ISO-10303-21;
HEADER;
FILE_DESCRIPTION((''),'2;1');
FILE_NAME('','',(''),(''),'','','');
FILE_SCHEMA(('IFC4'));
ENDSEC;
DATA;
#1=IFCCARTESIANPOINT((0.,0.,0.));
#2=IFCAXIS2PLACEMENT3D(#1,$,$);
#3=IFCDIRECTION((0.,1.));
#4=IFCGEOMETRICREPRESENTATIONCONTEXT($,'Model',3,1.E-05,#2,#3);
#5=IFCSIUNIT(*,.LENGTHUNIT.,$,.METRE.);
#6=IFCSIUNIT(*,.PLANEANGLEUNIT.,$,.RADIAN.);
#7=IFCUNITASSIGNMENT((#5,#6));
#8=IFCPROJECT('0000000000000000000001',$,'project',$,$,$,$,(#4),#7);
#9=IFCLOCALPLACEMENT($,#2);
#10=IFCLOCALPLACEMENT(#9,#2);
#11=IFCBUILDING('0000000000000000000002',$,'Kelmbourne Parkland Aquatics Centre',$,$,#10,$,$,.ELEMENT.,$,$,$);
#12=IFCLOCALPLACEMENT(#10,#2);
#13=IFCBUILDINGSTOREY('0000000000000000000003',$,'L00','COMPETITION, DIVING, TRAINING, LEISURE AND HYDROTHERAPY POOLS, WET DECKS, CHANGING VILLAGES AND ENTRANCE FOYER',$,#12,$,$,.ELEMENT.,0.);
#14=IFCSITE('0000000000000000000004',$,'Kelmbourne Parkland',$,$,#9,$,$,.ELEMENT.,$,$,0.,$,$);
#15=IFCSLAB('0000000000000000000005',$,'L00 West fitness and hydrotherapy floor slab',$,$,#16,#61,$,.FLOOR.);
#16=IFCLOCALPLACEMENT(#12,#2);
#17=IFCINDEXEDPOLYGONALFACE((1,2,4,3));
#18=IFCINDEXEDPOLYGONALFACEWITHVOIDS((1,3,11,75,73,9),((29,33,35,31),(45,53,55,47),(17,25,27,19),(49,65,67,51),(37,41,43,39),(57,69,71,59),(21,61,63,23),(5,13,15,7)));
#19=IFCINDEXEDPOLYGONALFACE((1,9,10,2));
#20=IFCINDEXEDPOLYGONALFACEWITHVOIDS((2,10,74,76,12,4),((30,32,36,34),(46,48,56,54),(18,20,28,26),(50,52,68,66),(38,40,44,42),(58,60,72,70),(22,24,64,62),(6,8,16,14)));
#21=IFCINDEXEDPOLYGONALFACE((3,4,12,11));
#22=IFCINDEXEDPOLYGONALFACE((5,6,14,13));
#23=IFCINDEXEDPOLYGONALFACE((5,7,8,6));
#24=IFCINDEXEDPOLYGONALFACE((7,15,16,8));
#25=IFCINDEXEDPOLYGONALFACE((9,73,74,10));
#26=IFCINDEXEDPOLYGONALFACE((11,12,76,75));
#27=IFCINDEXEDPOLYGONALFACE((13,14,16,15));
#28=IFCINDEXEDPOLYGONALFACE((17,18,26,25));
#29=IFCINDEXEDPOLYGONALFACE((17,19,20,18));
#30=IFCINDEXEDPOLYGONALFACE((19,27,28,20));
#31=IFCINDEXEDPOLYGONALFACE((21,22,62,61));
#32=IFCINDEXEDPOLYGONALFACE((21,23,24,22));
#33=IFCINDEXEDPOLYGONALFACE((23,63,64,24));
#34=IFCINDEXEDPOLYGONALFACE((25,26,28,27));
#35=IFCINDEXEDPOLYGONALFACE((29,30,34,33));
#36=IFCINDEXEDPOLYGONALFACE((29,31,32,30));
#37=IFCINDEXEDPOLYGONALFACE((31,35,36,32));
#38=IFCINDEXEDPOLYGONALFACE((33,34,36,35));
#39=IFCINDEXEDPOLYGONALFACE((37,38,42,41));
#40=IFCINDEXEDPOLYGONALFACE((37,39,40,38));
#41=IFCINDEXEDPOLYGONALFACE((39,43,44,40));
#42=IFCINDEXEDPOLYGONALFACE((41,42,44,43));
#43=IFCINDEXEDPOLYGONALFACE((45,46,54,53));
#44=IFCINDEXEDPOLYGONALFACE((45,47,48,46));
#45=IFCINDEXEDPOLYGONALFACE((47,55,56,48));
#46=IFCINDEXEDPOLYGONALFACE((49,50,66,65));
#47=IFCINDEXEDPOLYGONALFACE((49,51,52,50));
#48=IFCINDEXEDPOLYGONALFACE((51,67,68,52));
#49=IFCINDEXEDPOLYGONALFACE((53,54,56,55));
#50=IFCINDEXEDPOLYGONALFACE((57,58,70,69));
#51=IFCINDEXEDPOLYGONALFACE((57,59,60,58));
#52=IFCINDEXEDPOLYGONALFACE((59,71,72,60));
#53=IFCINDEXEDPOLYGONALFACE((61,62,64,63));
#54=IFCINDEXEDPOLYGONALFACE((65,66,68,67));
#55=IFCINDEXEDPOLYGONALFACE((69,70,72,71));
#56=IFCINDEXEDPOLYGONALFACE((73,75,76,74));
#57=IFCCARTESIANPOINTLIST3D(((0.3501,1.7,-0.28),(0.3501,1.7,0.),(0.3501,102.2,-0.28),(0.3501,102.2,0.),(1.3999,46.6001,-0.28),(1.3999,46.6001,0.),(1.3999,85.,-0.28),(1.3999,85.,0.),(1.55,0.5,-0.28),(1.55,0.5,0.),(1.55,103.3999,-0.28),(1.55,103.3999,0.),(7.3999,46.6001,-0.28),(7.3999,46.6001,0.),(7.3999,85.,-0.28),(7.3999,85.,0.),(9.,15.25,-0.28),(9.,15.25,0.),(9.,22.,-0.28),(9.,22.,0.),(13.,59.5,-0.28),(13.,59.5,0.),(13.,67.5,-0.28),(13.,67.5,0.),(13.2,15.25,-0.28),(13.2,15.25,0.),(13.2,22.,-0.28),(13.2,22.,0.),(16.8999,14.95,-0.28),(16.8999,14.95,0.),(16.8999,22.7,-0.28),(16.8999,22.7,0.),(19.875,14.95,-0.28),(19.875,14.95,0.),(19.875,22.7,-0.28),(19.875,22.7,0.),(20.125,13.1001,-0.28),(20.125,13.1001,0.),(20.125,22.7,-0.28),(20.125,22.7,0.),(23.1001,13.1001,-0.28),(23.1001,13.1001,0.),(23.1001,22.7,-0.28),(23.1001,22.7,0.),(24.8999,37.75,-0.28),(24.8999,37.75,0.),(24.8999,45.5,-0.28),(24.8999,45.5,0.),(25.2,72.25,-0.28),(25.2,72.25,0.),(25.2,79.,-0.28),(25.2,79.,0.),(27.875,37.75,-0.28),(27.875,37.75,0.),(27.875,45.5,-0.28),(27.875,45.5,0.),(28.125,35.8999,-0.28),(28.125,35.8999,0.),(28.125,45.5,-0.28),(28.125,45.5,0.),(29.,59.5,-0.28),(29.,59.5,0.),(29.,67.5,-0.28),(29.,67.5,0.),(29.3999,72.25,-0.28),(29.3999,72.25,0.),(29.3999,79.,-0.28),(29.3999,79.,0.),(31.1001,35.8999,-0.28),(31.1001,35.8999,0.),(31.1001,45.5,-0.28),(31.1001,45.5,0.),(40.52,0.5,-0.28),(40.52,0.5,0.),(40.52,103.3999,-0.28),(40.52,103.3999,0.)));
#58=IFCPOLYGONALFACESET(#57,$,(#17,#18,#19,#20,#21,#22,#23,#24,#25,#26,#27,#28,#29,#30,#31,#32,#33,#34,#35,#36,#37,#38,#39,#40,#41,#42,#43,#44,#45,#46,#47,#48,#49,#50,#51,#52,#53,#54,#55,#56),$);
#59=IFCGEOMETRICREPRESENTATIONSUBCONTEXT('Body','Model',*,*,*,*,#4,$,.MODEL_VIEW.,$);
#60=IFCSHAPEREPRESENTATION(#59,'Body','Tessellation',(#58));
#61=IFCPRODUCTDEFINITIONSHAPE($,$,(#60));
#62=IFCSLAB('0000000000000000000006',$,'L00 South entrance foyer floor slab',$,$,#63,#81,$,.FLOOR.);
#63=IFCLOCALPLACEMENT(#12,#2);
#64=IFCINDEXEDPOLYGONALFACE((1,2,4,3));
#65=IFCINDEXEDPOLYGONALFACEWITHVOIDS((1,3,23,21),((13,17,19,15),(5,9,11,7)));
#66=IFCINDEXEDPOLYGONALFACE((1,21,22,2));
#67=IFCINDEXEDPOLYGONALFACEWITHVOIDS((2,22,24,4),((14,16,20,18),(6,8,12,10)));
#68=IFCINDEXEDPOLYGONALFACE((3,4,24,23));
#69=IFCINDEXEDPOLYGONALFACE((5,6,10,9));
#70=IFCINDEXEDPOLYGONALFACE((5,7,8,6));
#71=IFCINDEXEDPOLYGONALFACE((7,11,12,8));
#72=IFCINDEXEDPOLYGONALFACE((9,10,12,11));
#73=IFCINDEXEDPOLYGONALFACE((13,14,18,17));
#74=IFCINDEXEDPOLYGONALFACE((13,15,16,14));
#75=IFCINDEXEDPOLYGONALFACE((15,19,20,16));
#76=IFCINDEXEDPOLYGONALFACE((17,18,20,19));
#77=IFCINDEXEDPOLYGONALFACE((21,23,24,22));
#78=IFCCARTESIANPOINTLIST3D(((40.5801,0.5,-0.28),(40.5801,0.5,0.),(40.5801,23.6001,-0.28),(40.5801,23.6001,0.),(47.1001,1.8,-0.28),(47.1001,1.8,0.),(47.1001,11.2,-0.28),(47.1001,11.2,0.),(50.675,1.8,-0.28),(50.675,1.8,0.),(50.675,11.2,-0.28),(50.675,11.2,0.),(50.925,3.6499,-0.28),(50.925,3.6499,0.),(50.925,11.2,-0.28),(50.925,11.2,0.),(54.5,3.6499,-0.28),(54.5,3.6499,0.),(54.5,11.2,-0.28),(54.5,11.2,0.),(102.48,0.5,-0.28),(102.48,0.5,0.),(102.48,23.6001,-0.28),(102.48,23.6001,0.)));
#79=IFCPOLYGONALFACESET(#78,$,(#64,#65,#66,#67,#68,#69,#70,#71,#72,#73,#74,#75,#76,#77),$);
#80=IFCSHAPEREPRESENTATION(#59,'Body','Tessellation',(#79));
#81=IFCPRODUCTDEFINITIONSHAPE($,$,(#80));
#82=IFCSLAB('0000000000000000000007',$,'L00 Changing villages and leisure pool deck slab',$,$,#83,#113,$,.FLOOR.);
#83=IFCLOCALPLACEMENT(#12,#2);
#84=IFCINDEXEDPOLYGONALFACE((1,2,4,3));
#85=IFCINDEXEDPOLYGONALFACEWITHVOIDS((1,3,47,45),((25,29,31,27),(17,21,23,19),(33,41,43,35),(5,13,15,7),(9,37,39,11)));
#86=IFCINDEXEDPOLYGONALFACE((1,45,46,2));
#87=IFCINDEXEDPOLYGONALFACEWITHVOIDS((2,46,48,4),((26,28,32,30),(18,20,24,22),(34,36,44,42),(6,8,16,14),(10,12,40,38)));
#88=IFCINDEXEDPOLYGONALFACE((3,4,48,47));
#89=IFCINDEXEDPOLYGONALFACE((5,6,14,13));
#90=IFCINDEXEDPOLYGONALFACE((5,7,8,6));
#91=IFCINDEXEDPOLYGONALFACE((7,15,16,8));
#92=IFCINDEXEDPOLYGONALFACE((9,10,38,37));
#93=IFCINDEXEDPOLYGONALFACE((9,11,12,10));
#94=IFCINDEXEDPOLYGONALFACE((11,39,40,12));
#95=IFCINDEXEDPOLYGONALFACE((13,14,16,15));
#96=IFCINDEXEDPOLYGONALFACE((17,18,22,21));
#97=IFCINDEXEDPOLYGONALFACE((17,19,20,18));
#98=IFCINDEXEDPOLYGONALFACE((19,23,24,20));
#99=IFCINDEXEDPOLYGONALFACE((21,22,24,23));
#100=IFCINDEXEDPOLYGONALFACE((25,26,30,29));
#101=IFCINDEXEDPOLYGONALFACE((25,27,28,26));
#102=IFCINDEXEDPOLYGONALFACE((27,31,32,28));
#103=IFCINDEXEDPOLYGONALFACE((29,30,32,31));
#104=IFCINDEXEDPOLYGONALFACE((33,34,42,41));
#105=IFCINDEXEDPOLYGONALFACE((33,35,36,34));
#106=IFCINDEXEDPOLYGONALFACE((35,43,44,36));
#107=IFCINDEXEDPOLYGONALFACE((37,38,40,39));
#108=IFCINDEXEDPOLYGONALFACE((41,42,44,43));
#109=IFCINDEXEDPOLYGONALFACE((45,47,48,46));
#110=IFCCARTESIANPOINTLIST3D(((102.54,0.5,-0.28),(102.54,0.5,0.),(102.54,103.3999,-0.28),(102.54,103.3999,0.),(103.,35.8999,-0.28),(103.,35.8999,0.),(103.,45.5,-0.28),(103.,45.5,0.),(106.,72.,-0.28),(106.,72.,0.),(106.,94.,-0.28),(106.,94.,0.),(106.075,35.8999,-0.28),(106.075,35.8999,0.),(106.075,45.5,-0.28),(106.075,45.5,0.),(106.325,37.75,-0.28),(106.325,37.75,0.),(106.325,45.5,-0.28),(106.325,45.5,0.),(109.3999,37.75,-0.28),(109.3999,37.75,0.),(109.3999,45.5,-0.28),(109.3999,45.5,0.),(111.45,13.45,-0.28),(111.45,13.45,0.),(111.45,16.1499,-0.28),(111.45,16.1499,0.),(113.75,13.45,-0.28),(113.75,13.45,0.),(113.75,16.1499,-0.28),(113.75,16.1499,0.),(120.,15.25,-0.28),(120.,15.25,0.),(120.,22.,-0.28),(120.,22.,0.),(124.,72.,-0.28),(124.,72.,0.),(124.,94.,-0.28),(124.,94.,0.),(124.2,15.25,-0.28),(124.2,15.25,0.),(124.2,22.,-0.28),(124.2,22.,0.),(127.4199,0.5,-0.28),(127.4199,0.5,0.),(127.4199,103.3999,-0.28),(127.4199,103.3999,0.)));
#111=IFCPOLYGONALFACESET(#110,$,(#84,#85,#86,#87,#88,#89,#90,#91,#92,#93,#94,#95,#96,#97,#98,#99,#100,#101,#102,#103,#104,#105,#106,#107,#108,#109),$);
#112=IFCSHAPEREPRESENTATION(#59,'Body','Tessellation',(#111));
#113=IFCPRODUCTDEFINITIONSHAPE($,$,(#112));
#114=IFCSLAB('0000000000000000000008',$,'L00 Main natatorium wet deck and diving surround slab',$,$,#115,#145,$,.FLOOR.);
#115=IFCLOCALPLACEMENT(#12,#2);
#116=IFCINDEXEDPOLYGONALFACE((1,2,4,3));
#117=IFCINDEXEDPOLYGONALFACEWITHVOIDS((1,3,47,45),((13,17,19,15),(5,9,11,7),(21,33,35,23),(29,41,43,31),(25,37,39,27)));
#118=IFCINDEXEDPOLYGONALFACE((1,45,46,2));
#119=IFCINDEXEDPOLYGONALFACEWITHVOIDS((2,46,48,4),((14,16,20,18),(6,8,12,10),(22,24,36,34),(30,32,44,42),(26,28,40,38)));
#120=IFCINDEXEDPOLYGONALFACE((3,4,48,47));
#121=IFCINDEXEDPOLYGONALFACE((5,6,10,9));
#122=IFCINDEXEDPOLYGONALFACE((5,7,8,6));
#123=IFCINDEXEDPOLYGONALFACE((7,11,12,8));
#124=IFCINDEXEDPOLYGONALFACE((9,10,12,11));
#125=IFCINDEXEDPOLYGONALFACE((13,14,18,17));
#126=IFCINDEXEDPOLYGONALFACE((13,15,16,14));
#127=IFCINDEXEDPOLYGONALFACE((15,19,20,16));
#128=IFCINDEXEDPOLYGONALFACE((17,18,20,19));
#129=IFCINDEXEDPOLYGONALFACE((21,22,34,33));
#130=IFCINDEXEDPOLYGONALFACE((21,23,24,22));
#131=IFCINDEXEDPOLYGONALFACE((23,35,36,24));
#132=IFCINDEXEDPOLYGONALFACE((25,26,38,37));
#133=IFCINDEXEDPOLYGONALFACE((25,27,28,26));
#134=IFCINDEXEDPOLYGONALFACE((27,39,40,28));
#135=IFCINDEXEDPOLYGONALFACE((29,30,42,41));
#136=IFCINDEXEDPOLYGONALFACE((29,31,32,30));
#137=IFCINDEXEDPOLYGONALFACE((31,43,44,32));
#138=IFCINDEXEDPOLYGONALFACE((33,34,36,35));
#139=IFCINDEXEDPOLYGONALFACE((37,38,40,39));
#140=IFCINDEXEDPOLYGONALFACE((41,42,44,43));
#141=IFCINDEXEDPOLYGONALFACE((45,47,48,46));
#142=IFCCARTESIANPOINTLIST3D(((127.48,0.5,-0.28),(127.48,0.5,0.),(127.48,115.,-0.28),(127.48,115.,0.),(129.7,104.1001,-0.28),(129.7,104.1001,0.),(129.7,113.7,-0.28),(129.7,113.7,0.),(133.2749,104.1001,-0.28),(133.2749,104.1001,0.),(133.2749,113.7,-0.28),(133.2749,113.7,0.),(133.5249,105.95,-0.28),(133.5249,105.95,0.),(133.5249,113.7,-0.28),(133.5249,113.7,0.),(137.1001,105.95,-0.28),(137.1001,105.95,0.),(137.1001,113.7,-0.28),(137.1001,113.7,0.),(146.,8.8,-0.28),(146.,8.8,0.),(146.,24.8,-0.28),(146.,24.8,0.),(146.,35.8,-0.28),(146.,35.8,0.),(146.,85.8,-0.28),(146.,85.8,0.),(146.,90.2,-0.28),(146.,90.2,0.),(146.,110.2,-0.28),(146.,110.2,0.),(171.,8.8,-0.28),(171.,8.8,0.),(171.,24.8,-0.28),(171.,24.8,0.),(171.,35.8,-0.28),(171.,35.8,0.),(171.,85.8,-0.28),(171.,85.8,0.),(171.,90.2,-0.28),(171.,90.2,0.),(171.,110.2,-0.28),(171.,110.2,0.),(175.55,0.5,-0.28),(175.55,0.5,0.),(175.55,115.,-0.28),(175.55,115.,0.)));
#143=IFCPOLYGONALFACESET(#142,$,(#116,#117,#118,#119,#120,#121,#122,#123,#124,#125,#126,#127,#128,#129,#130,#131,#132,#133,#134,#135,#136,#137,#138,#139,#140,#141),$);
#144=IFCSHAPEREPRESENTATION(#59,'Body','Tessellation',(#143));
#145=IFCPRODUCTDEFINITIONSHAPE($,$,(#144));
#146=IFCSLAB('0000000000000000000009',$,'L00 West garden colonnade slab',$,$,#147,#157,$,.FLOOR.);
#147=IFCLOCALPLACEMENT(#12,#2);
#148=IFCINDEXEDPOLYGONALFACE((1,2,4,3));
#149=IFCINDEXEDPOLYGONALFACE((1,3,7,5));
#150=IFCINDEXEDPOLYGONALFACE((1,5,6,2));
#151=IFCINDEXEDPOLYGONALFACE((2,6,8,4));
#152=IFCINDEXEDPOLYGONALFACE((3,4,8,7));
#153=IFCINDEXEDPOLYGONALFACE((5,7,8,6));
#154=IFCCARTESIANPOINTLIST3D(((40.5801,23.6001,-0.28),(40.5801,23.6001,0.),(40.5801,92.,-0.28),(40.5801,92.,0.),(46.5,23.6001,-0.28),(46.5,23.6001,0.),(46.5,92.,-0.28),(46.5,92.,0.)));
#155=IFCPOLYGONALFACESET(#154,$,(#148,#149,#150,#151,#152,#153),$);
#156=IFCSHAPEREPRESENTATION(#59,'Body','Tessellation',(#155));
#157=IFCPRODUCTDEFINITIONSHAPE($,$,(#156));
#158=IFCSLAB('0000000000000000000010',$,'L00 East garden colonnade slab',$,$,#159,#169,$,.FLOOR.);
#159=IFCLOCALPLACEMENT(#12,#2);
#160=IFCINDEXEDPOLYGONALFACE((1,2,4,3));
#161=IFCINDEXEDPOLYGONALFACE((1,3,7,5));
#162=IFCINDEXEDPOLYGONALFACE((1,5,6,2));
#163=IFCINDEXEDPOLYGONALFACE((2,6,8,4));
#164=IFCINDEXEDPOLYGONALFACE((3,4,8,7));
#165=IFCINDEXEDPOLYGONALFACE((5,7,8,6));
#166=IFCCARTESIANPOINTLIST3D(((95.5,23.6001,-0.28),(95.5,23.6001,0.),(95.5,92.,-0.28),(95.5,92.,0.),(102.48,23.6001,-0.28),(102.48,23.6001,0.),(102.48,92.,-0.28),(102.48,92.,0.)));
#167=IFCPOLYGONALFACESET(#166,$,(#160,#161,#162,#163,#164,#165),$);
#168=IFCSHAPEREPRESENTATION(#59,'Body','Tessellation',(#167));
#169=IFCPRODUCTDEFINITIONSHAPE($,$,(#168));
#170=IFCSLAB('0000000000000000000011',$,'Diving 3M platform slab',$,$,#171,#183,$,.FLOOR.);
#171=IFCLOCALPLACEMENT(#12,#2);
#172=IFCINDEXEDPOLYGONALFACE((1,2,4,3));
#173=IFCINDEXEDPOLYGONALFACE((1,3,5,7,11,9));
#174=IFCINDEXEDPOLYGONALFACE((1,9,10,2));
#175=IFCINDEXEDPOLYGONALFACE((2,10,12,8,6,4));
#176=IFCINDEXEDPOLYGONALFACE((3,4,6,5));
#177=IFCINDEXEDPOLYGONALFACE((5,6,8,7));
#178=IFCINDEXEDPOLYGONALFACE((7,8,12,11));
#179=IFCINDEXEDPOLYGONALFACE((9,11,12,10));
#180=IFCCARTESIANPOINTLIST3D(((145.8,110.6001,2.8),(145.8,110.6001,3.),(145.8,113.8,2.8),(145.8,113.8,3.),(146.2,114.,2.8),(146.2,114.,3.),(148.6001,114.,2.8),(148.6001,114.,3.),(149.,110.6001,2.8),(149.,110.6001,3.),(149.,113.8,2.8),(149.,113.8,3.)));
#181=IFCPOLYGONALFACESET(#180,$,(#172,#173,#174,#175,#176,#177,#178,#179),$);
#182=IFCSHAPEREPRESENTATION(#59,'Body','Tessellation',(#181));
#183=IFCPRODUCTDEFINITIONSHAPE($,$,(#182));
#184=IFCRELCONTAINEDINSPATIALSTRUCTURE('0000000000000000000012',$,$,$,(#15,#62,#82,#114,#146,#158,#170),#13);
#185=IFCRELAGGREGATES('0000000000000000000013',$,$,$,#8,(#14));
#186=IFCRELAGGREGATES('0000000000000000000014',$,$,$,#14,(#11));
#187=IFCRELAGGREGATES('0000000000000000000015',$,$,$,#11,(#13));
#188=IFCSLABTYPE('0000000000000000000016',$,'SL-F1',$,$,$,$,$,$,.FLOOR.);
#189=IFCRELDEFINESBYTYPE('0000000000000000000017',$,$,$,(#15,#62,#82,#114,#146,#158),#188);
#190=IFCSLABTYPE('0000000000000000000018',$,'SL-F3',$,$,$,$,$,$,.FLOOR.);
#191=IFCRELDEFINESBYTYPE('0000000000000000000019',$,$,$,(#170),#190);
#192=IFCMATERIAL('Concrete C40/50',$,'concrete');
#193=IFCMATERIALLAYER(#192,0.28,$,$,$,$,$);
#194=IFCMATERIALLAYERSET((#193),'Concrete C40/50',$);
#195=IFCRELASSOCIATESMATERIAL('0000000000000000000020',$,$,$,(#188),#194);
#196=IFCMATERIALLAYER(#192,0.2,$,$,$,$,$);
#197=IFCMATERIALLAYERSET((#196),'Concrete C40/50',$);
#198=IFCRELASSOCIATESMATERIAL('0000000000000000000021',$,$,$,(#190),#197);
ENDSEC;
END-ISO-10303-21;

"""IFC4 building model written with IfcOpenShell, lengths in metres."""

from ifc_helpers import new_model, si_unit, direction, frame, origin, place, context, subcontext, project, spatial, polyline, outline, extrude, material, layer, layer_set, type_object, element, save


model = new_model("IFC4")

# Units and contexts
model_context = context("Model", 3, precision=1e-05, world=origin(), true_north=direction((0.0, 1.0)))
body_context = subcontext(model_context, "Body", "Model", "MODEL_VIEW")
ifc_project = project(units=[si_unit("LENGTHUNIT", "METRE"), si_unit("PLANEANGLEUNIT", "RADIAN")], contexts=[model_context])

# Site, building, storey
site_placement = place(None, origin())
site = spatial("IfcSite", under=ifc_project, at=site_placement, Name="Kelmbourne Parkland", CompositionType="ELEMENT", RefElevation=0.0)
building_placement = place(site_placement, origin())
building = spatial("IfcBuilding", under=site, at=building_placement, Name="Kelmbourne Parkland Aquatics Centre", CompositionType="ELEMENT")
storey_placement = place(building_placement, origin())
storey = spatial("IfcBuildingStorey", under=building, at=storey_placement, Name="L00", Description="COMPETITION, DIVING, TRAINING, LEISURE AND HYDROTHERAPY POOLS, WET DECKS, CHANGING VILLAGES AND ENTRANCE FOYER", CompositionType="ELEMENT", Elevation=0.0)

# Slabs
ifc_material_1 = material(Name="Concrete C40/50", Category="concrete")
ifc_layer_1 = layer(ifc_material_1, 0.28)
ifc_layer_set_1 = layer_set([ifc_layer_1], Name="Concrete C40/50")
slab_type_1 = type_object("IfcSlabType", Name="SL-F1", PredefinedType="FLOOR", material=ifc_layer_set_1)
slab_1_placement = place(storey_placement, frame((0.0, 0.0, -0.28)))
element("IfcSlab", 1, at=slab_1_placement, inside=storey, type_object=slab_type_1, Name="L00 West fitness and hydrotherapy floor slab", PredefinedType="FLOOR", context=body_context, shape_type="SweptSolid", body=[
    extrude(outline(polyline([(40.52, 0.5), (40.52, 103.3999), (1.55, 103.3999), (0.3501, 102.2), (0.3501, 1.7), (1.55, 0.5), (40.52, 0.5)]), holes=[polyline([(23.1001, 22.7), (23.1001, 13.1001), (20.125, 13.1001), (20.125, 22.7), (23.1001, 22.7)]), polyline([(13.2, 22.0), (13.2, 15.25), (9.0, 15.25), (9.0, 22.0), (13.2, 22.0)]), polyline([(19.875, 22.7), (19.875, 14.95), (16.8999, 14.95), (16.8999, 22.7), (19.875, 22.7)]), polyline([(31.1001, 45.5), (31.1001, 35.8999), (28.125, 35.8999), (28.125, 45.5), (31.1001, 45.5)]), polyline([(27.875, 45.5), (27.875, 37.75), (24.8999, 37.75), (24.8999, 45.5), (27.875, 45.5)]), polyline([(29.0, 67.5), (29.0, 59.5), (13.0, 59.5), (13.0, 67.5), (29.0, 67.5)]), polyline([(7.3999, 85.0), (7.3999, 46.6001), (1.3999, 46.6001), (1.3999, 85.0), (7.3999, 85.0)]), polyline([(29.3999, 79.0), (29.3999, 72.25), (25.2, 72.25), (25.2, 79.0), (29.3999, 79.0)])]), origin(), (0.0, 0.0, 1.0), 0.28),
])
slab_2_placement = place(storey_placement, frame((0.0, 0.0, -0.28)))
element("IfcSlab", 2, at=slab_2_placement, inside=storey, type_object=slab_type_1, Name="L00 South entrance foyer floor slab", PredefinedType="FLOOR", context=body_context, shape_type="SweptSolid", body=[
    extrude(outline(polyline([(40.5801, 0.5), (102.48, 0.5), (102.48, 23.6001), (40.5801, 23.6001), (40.5801, 0.5)]), holes=[polyline([(47.1001, 1.8), (47.1001, 11.2), (50.675, 11.2), (50.675, 1.8), (47.1001, 1.8)]), polyline([(50.925, 3.6499), (50.925, 11.2), (54.5, 11.2), (54.5, 3.6499), (50.925, 3.6499)])]), origin(), (0.0, 0.0, 1.0), 0.28),
])
slab_3_placement = place(storey_placement, frame((0.0, 0.0, -0.28)))
element("IfcSlab", 3, at=slab_3_placement, inside=storey, type_object=slab_type_1, Name="L00 Changing villages and leisure pool deck slab", PredefinedType="FLOOR", context=body_context, shape_type="SweptSolid", body=[
    extrude(outline(polyline([(102.54, 0.5), (127.4199, 0.5), (127.4199, 103.3999), (102.54, 103.3999), (102.54, 0.5)]), holes=[polyline([(111.45, 16.1499), (113.75, 16.1499), (113.75, 13.45), (111.45, 13.45), (111.45, 16.1499)]), polyline([(120.0, 22.0), (124.2, 22.0), (124.2, 15.25), (120.0, 15.25), (120.0, 22.0)]), polyline([(103.0, 45.5), (106.075, 45.5), (106.075, 35.8999), (103.0, 35.8999), (103.0, 45.5)]), polyline([(109.3999, 45.5), (109.3999, 37.75), (106.325, 37.75), (106.325, 45.5), (109.3999, 45.5)]), polyline([(124.0, 94.0), (124.0, 72.0), (106.0, 72.0), (106.0, 94.0), (124.0, 94.0)])]), origin(), (0.0, 0.0, 1.0), 0.28),
])
slab_4_placement = place(storey_placement, frame((0.0, 0.0, -0.28)))
element("IfcSlab", 4, at=slab_4_placement, inside=storey, type_object=slab_type_1, Name="L00 Main natatorium wet deck and diving surround slab", PredefinedType="FLOOR", context=body_context, shape_type="SweptSolid", body=[
    extrude(outline(polyline([(127.48, 0.5), (175.55, 0.5), (175.55, 115.0), (127.48, 115.0), (127.48, 0.5)]), holes=[polyline([(146.0, 24.8), (171.0, 24.8), (171.0, 8.8), (146.0, 8.8), (146.0, 24.8)]), polyline([(146.0, 85.8), (171.0, 85.8), (171.0, 35.8), (146.0, 35.8), (146.0, 85.8)]), polyline([(146.0, 110.2), (171.0, 110.2), (171.0, 90.2), (146.0, 90.2), (146.0, 110.2)]), polyline([(133.2749, 113.7), (133.2749, 104.1001), (129.7, 104.1001), (129.7, 113.7), (133.2749, 113.7)]), polyline([(137.1001, 113.7), (137.1001, 105.95), (133.5249, 105.95), (133.5249, 113.7), (137.1001, 113.7)])]), origin(), (0.0, 0.0, 1.0), 0.28),
])
slab_5_placement = place(storey_placement, frame((0.0, 0.0, -0.28)))
element("IfcSlab", 5, at=slab_5_placement, inside=storey, type_object=slab_type_1, Name="L00 West garden colonnade slab", PredefinedType="FLOOR", context=body_context, shape_type="SweptSolid", body=[
    extrude(outline(polyline([(46.5, 23.6001), (46.5, 92.0), (40.5801, 92.0), (40.5801, 23.6001), (46.5, 23.6001)])), origin(), (0.0, 0.0, 1.0), 0.28),
])
slab_6_placement = place(storey_placement, frame((0.0, 0.0, -0.28)))
element("IfcSlab", 6, at=slab_6_placement, inside=storey, type_object=slab_type_1, Name="L00 East garden colonnade slab", PredefinedType="FLOOR", context=body_context, shape_type="SweptSolid", body=[
    extrude(outline(polyline([(102.48, 23.6001), (102.48, 92.0), (95.5, 92.0), (95.5, 23.6001), (102.48, 23.6001)])), origin(), (0.0, 0.0, 1.0), 0.28),
])
ifc_layer_2 = layer(ifc_material_1, 0.2)
ifc_layer_set_2 = layer_set([ifc_layer_2], Name="Concrete C40/50")
slab_type_2 = type_object("IfcSlabType", Name="SL-F3", PredefinedType="FLOOR", material=ifc_layer_set_2)
slab_7_placement = place(storey_placement, frame((0.0, 0.0, 2.8)))
element("IfcSlab", 7, at=slab_7_placement, inside=storey, type_object=slab_type_2, Name="Diving 3M platform slab", PredefinedType="FLOOR", context=body_context, shape_type="SweptSolid", body=[
    extrude(outline(polyline([(145.8, 110.6001), (149.0, 110.6001), (149.0, 113.8), (148.6001, 114.0), (146.2, 114.0), (145.8, 113.8), (145.8, 110.6001)])), origin(), (0.0, 0.0, 1.0), 0.2),
])

save(model, "model.ifc")
